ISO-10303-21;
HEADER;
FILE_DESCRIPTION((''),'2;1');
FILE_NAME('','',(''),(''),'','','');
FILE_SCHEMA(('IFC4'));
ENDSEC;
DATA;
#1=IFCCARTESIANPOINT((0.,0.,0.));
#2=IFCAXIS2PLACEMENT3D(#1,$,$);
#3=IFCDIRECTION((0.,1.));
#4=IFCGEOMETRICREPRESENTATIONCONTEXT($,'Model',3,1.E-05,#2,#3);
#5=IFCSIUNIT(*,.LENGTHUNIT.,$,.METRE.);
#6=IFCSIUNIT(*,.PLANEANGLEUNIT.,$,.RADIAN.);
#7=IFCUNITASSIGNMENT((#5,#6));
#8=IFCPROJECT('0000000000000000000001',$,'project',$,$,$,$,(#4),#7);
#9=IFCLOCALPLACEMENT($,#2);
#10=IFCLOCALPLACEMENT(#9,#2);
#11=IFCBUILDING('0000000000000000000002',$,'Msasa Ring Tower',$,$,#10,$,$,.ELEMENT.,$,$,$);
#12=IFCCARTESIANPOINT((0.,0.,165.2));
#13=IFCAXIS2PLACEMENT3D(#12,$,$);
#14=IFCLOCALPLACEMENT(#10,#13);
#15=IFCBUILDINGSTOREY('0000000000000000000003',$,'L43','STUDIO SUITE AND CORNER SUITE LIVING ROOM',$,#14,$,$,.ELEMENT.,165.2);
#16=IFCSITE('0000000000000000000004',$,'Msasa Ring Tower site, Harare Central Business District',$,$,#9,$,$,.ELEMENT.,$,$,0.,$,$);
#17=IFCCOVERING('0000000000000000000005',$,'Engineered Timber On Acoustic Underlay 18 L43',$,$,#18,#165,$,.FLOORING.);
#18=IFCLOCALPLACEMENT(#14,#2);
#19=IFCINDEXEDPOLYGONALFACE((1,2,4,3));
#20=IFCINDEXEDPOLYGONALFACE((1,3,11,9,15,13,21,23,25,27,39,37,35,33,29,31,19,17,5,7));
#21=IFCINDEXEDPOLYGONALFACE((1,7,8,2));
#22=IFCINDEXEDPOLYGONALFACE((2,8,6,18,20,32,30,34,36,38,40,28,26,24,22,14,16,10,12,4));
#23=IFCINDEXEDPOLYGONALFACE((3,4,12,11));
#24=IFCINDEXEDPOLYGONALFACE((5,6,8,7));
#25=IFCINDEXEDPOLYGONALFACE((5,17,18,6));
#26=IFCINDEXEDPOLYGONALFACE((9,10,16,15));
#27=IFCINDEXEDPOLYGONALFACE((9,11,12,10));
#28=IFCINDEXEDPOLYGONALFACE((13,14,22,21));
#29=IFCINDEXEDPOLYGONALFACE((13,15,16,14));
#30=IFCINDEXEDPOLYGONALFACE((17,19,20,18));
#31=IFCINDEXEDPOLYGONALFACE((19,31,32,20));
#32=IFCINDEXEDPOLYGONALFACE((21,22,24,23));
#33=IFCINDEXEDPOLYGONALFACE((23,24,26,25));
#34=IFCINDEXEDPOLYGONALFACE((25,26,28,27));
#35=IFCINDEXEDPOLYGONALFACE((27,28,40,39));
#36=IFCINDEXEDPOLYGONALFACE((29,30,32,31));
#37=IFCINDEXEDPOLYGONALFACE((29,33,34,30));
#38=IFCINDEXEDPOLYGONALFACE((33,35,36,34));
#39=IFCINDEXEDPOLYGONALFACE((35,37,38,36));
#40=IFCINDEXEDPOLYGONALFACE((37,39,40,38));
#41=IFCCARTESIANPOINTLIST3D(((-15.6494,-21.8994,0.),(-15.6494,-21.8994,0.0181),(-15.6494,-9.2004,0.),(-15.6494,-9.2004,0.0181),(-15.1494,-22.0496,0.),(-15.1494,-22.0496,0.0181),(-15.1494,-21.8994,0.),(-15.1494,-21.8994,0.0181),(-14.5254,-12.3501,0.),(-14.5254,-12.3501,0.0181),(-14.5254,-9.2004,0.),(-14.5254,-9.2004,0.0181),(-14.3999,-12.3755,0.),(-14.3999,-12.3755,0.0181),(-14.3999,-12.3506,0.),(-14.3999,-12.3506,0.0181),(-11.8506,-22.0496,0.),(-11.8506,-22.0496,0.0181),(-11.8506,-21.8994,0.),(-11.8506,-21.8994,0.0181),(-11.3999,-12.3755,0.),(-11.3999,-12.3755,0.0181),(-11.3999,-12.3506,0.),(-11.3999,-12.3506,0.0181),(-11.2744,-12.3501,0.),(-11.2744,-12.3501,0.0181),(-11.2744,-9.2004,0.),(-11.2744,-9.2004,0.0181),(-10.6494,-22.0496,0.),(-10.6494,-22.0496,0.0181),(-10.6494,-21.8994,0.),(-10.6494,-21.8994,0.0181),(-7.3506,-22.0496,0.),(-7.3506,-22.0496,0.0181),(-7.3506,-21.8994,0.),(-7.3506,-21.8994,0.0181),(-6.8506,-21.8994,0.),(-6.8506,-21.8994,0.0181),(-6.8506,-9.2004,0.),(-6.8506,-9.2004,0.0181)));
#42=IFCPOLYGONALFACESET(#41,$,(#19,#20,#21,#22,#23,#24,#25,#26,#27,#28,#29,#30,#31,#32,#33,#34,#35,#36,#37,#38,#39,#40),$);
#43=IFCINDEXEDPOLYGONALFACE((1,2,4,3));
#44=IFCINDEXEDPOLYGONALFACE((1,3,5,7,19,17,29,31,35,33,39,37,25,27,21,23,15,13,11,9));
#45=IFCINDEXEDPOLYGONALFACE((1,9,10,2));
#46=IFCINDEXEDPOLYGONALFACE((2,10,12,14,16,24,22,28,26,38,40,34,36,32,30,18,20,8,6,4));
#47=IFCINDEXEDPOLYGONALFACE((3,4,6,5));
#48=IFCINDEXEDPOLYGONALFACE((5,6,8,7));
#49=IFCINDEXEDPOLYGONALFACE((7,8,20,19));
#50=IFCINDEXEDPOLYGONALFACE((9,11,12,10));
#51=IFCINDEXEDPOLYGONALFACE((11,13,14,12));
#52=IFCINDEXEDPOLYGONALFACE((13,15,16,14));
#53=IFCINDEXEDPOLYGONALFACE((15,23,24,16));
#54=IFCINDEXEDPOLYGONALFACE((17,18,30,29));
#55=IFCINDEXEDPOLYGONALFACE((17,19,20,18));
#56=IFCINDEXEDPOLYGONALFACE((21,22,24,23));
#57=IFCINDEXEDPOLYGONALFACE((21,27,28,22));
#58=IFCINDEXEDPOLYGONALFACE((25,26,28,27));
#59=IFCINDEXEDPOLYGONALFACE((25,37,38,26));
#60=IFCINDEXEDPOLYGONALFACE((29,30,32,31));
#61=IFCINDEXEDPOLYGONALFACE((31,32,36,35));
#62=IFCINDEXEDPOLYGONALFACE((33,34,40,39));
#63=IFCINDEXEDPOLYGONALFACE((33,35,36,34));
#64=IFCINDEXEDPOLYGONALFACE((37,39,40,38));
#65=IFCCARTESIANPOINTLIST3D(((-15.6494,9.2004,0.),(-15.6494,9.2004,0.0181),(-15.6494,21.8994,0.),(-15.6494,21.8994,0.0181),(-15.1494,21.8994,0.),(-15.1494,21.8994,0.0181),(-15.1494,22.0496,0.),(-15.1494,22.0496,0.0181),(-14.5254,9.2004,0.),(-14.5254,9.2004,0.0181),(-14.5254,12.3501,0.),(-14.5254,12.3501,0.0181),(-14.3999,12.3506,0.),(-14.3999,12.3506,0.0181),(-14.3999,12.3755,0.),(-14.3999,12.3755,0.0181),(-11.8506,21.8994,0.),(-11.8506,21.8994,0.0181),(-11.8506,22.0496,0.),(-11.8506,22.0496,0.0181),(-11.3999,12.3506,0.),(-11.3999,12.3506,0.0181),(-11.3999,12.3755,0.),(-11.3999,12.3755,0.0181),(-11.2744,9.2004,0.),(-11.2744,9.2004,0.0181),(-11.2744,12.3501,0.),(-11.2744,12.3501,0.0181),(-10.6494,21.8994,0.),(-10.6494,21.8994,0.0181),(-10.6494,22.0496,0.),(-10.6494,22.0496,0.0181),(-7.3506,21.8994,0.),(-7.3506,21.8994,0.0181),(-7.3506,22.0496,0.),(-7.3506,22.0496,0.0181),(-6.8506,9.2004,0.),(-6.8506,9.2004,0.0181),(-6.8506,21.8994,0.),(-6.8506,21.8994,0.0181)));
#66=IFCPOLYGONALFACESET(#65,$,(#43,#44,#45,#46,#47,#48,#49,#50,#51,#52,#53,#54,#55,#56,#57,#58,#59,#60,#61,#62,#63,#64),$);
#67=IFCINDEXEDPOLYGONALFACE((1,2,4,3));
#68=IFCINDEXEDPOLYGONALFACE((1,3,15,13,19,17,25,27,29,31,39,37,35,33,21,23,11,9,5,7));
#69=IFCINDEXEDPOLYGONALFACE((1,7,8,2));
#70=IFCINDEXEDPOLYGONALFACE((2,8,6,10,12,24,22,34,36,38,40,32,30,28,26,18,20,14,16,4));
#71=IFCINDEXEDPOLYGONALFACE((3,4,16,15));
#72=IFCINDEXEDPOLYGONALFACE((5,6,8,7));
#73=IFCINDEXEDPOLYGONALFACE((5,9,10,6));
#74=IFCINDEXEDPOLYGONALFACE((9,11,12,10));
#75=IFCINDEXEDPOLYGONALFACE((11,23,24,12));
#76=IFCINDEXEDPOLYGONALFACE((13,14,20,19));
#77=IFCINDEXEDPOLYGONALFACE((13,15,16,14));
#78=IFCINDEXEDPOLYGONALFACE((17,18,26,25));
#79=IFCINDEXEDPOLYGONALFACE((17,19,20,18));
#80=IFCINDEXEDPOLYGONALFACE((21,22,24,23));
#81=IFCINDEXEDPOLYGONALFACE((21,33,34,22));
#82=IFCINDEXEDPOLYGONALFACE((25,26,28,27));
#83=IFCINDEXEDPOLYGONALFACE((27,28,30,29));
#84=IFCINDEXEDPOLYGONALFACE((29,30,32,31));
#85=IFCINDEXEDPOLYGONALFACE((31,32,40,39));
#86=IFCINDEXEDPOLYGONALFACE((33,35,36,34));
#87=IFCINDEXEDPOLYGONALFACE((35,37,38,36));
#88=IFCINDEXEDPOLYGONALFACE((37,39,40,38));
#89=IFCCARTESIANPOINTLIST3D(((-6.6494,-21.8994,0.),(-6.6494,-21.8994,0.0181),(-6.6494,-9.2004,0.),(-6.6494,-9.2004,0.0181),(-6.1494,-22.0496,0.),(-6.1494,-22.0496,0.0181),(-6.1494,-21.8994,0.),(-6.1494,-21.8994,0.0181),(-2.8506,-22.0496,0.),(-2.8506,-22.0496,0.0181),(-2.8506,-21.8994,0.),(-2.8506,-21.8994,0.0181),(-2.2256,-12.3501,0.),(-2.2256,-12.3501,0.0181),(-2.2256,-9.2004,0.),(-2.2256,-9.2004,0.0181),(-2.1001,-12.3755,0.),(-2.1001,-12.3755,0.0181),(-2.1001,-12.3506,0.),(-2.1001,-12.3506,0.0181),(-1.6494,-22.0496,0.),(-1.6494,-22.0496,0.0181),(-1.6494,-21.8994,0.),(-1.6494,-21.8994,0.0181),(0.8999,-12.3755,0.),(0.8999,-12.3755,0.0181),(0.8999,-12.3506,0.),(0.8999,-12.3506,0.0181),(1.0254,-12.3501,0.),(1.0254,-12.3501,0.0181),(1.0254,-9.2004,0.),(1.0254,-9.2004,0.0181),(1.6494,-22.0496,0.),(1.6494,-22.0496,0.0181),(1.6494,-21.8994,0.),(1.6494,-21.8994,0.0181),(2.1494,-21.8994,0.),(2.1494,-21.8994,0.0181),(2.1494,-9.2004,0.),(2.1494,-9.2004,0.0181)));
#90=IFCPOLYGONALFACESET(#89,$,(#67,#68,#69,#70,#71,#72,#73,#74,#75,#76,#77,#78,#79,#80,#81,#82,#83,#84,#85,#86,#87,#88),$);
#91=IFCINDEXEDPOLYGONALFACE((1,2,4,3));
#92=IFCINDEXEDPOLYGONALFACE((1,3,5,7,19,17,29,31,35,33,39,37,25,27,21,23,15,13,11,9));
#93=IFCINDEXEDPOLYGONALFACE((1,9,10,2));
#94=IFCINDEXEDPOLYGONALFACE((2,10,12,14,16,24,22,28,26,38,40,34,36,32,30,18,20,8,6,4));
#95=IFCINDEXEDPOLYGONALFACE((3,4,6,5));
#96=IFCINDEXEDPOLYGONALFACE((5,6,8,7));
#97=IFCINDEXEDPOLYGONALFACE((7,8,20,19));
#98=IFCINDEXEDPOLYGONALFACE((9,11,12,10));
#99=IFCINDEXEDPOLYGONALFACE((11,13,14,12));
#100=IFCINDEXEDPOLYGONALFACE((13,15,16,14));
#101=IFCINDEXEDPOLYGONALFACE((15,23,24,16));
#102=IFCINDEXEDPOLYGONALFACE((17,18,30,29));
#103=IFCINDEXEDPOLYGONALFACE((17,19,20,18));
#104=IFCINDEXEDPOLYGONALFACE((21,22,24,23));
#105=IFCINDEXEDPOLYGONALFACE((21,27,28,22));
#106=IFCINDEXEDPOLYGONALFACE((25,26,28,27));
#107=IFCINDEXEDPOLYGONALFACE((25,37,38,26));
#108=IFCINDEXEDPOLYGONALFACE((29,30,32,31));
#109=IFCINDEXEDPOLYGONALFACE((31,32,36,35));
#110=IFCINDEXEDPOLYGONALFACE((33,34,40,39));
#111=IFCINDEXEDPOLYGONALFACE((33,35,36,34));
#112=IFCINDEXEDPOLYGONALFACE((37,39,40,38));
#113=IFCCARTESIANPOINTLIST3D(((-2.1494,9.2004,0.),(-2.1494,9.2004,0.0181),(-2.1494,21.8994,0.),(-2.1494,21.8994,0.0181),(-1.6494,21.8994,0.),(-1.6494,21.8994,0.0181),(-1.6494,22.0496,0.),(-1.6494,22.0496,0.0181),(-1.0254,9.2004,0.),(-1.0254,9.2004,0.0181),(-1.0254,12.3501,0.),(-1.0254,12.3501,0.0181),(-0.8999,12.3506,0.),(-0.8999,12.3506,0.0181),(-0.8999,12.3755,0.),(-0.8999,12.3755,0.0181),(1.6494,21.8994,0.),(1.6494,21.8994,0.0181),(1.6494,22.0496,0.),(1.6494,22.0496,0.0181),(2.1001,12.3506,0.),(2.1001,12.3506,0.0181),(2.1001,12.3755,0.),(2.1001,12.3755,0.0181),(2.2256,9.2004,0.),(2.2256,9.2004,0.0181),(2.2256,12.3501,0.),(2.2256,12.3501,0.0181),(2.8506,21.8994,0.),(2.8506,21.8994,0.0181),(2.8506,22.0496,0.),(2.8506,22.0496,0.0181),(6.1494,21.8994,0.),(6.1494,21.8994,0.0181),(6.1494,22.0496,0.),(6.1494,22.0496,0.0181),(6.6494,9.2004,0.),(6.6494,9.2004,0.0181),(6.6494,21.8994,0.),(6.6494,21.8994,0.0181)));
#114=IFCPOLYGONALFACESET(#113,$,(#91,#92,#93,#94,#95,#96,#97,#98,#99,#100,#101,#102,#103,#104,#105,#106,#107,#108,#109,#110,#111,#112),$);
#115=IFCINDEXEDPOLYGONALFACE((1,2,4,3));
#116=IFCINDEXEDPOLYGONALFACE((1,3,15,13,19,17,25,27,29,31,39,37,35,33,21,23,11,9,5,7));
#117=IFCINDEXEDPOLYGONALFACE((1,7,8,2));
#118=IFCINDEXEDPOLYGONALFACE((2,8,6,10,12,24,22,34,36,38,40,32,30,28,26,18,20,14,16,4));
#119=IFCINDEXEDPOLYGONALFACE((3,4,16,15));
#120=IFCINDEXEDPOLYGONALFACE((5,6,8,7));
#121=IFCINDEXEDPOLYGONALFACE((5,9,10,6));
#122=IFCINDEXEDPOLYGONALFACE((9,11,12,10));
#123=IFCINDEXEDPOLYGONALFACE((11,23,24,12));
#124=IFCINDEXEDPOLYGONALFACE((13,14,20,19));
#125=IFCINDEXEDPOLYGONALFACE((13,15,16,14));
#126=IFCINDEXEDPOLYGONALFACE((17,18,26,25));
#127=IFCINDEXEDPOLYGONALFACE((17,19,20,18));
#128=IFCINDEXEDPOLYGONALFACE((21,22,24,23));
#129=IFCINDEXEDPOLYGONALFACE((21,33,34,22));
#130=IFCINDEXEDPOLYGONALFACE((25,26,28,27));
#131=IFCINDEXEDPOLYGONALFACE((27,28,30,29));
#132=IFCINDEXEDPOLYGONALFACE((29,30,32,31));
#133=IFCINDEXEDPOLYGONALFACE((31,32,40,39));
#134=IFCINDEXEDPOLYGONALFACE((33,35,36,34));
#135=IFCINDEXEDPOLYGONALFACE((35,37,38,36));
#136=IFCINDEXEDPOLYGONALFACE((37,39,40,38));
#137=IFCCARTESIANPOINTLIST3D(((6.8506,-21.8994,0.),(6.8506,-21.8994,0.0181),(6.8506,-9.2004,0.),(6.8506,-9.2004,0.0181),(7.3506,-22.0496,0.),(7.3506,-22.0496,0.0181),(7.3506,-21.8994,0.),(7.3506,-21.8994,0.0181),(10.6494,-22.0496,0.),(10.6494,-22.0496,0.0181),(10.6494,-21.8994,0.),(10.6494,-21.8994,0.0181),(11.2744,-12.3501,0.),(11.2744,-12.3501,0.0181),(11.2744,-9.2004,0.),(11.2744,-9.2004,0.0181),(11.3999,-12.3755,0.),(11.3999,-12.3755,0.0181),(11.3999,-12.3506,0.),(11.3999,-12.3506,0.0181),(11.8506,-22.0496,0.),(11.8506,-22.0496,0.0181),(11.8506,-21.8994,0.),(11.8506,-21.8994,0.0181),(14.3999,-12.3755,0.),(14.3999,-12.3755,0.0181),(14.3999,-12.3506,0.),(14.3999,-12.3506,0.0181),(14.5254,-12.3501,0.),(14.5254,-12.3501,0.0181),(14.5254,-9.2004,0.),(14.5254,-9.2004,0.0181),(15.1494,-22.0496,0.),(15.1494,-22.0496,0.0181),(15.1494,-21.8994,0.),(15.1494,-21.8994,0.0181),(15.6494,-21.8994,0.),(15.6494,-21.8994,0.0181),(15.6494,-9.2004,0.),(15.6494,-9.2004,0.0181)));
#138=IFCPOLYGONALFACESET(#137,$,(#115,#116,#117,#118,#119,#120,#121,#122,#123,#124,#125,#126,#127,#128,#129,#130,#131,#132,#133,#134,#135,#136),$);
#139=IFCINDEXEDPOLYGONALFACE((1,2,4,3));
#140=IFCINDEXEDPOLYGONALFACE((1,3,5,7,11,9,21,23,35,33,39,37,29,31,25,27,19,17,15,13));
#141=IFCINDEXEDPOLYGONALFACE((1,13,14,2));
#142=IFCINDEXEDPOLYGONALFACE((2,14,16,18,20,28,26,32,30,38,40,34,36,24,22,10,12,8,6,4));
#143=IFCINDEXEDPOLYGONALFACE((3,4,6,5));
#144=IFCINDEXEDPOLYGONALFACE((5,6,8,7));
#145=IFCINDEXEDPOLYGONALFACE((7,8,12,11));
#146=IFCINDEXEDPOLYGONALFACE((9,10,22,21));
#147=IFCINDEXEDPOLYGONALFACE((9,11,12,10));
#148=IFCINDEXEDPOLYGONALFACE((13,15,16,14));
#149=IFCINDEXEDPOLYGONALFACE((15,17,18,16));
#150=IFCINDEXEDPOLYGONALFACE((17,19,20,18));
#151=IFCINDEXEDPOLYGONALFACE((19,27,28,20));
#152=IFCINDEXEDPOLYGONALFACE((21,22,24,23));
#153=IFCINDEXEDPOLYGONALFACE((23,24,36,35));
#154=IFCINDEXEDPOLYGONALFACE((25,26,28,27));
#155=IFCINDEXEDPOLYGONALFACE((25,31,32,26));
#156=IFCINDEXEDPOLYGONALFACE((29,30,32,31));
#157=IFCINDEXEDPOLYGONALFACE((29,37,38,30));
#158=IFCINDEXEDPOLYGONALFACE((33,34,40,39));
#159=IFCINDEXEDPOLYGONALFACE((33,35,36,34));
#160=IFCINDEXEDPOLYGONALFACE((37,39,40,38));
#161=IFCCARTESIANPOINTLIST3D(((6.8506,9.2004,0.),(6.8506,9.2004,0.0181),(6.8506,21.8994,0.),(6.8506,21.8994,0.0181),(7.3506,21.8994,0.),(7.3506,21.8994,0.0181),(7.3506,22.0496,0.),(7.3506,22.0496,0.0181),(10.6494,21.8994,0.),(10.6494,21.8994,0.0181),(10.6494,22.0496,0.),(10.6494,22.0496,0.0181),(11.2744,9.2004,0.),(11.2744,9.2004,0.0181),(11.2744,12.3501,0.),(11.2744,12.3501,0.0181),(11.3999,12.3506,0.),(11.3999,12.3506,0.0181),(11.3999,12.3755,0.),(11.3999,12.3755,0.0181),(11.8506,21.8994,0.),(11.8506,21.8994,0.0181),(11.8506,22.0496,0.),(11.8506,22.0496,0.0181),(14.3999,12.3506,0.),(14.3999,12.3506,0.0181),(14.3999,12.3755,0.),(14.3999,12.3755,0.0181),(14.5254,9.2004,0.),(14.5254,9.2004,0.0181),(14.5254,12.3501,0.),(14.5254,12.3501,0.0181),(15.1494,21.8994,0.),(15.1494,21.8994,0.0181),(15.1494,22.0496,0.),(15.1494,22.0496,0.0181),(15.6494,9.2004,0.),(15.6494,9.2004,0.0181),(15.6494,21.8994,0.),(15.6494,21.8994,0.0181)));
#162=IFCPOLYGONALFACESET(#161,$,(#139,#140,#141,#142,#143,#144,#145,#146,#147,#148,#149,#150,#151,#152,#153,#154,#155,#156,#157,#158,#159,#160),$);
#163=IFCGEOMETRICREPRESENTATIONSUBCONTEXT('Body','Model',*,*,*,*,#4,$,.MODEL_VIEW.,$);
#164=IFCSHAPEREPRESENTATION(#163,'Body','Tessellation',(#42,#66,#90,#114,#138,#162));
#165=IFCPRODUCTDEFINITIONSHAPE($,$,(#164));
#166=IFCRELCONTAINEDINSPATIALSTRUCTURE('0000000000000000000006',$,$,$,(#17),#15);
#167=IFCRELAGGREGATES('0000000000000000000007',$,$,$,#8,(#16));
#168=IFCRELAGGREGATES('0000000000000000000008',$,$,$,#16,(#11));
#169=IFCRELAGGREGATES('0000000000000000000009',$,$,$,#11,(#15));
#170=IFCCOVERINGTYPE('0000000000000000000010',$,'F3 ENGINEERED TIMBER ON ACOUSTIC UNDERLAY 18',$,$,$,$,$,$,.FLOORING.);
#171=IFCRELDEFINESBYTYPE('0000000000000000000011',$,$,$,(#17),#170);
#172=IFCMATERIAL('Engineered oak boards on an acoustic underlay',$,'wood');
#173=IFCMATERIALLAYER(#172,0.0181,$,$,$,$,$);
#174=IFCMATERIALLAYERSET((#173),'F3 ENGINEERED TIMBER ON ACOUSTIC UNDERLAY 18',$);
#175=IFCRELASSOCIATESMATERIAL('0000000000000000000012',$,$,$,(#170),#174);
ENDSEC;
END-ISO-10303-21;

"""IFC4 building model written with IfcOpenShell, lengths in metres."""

from ifc_helpers import new_model, si_unit, direction, frame, origin, place, context, subcontext, project, spatial, line, indexed_curve, outline, extrude, material, layer, layer_set, type_object, element, save


model = new_model("IFC4")

# Units and contexts
model_context = context("Model", 3, precision=1e-05, world=origin(), true_north=direction((0.0, 1.0)))
body_context = subcontext(model_context, "Body", "Model", "MODEL_VIEW")
ifc_project = project(units=[si_unit("LENGTHUNIT", "METRE"), si_unit("PLANEANGLEUNIT", "RADIAN")], contexts=[model_context])

# Site, building, storey
site_placement = place(None, origin())
site = spatial("IfcSite", under=ifc_project, at=site_placement, Name="Msasa Ring Tower site, Harare Central Business District", CompositionType="ELEMENT", RefElevation=0.0)
building_placement = place(site_placement, origin())
building = spatial("IfcBuilding", under=site, at=building_placement, Name="Msasa Ring Tower", CompositionType="ELEMENT")
storey_placement = place(building_placement, frame((0.0, 0.0, 165.2)))
storey = spatial("IfcBuildingStorey", under=building, at=storey_placement, Name="L43", Description="STUDIO SUITE AND CORNER SUITE LIVING ROOM", CompositionType="ELEMENT", Elevation=165.2)

# Covering
ifc_material_1 = material(Name="Engineered oak boards on an acoustic underlay", Category="wood")
ifc_layer_1 = layer(ifc_material_1, 0.0181)
ifc_layer_set_1 = layer_set([ifc_layer_1], Name="F3 ENGINEERED TIMBER ON ACOUSTIC UNDERLAY 18")
covering_type_1 = type_object("IfcCoveringType", Name="F3 ENGINEERED TIMBER ON ACOUSTIC UNDERLAY 18", PredefinedType="FLOORING", material=ifc_layer_set_1)
covering_1_placement = place(storey_placement, origin())
element("IfcCovering", 1, at=covering_1_placement, inside=storey, type_object=covering_type_1, Name="Engineered Timber On Acoustic Underlay 18 L43", PredefinedType="FLOORING", context=body_context, shape_type="SweptSolid", body=[
    extrude(outline(indexed_curve([(-14.5254, -9.2004), (-14.5254, -12.3501), (-14.3999, -12.3506), (-14.3999, -12.3755), (-11.3999, -12.3755), (-11.3999, -12.3506), (-11.2744, -12.3501), (-11.2744, -9.2004), (-6.8506, -9.2004), (-6.8506, -21.8994), (-7.3506, -21.8994), (-7.3506, -22.0496), (-10.6494, -22.0496), (-10.6494, -21.8994), (-11.8506, -21.8994), (-11.8506, -22.0496), (-15.1494, -22.0496), (-15.1494, -21.8994), (-15.6494, -21.8994), (-15.6494, -9.2004)], segments=[line(1, 2, 3, 4, 5, 6, 7, 8, 9, 10, 11, 12, 13, 14, 15, 16, 17, 18, 19, 20, 1)], self_intersect=False)), origin(), (0.0, 0.0, 1.0), 0.0181),
    extrude(outline(indexed_curve([(-11.2744, 9.2004), (-11.2744, 12.3501), (-11.3999, 12.3506), (-11.3999, 12.3755), (-14.3999, 12.3755), (-14.3999, 12.3506), (-14.5254, 12.3501), (-14.5254, 9.2004), (-15.6494, 9.2004), (-15.6494, 21.8994), (-15.1494, 21.8994), (-15.1494, 22.0496), (-11.8506, 22.0496), (-11.8506, 21.8994), (-10.6494, 21.8994), (-10.6494, 22.0496), (-7.3506, 22.0496), (-7.3506, 21.8994), (-6.8506, 21.8994), (-6.8506, 9.2004)], segments=[line(1, 2, 3, 4, 5, 6, 7, 8, 9, 10, 11, 12, 13, 14, 15, 16, 17, 18, 19, 20, 1)], self_intersect=False)), origin(), (0.0, 0.0, 1.0), 0.0181),
    extrude(outline(indexed_curve([(-2.1001, -12.3506), (-2.1001, -12.3755), (0.8999, -12.3755), (0.8999, -12.3506), (1.0254, -12.3501), (1.0254, -9.2004), (2.1494, -9.2004), (2.1494, -21.8994), (1.6494, -21.8994), (1.6494, -22.0496), (-1.6494, -22.0496), (-1.6494, -21.8994), (-2.8506, -21.8994), (-2.8506, -22.0496), (-6.1494, -22.0496), (-6.1494, -21.8994), (-6.6494, -21.8994), (-6.6494, -9.2004), (-2.2256, -9.2004), (-2.2256, -12.3501)], segments=[line(1, 2, 3, 4, 5, 6, 7, 8, 9, 10, 11, 12, 13, 14, 15, 16, 17, 18, 19, 20, 1)], self_intersect=False)), origin(), (0.0, 0.0, 1.0), 0.0181),
    extrude(outline(indexed_curve([(2.1001, 12.3506), (2.1001, 12.3755), (-0.8999, 12.3755), (-0.8999, 12.3506), (-1.0254, 12.3501), (-1.0254, 9.2004), (-2.1494, 9.2004), (-2.1494, 21.8994), (-1.6494, 21.8994), (-1.6494, 22.0496), (1.6494, 22.0496), (1.6494, 21.8994), (2.8506, 21.8994), (2.8506, 22.0496), (6.1494, 22.0496), (6.1494, 21.8994), (6.6494, 21.8994), (6.6494, 9.2004), (2.2256, 9.2004), (2.2256, 12.3501)], segments=[line(1, 2, 3, 4, 5, 6, 7, 8, 9, 10, 11, 12, 13, 14, 15, 16, 17, 18, 19, 20, 1)], self_intersect=False)), origin(), (0.0, 0.0, 1.0), 0.0181),
    extrude(outline(indexed_curve([(11.2744, -12.3501), (11.3999, -12.3506), (11.3999, -12.3755), (14.3999, -12.3755), (14.3999, -12.3506), (14.5254, -12.3501), (14.5254, -9.2004), (15.6494, -9.2004), (15.6494, -21.8994), (15.1494, -21.8994), (15.1494, -22.0496), (11.8506, -22.0496), (11.8506, -21.8994), (10.6494, -21.8994), (10.6494, -22.0496), (7.3506, -22.0496), (7.3506, -21.8994), (6.8506, -21.8994), (6.8506, -9.2004), (11.2744, -9.2004)], segments=[line(1, 2, 3, 4, 5, 6, 7, 8, 9, 10, 11, 12, 13, 14, 15, 16, 17, 18, 19, 20, 1)], self_intersect=False)), origin(), (0.0, 0.0, 1.0), 0.0181),
    extrude(outline(indexed_curve([(14.5254, 12.3501), (14.3999, 12.3506), (14.3999, 12.3755), (11.3999, 12.3755), (11.3999, 12.3506), (11.2744, 12.3501), (11.2744, 9.2004), (6.8506, 9.2004), (6.8506, 21.8994), (7.3506, 21.8994), (7.3506, 22.0496), (10.6494, 22.0496), (10.6494, 21.8994), (11.8506, 21.8994), (11.8506, 22.0496), (15.1494, 22.0496), (15.1494, 21.8994), (15.6494, 21.8994), (15.6494, 9.2004), (14.5254, 9.2004)], segments=[line(1, 2, 3, 4, 5, 6, 7, 8, 9, 10, 11, 12, 13, 14, 15, 16, 17, 18, 19, 20, 1)], self_intersect=False)), origin(), (0.0, 0.0, 1.0), 0.0181),
])

save(model, "model.ifc")
